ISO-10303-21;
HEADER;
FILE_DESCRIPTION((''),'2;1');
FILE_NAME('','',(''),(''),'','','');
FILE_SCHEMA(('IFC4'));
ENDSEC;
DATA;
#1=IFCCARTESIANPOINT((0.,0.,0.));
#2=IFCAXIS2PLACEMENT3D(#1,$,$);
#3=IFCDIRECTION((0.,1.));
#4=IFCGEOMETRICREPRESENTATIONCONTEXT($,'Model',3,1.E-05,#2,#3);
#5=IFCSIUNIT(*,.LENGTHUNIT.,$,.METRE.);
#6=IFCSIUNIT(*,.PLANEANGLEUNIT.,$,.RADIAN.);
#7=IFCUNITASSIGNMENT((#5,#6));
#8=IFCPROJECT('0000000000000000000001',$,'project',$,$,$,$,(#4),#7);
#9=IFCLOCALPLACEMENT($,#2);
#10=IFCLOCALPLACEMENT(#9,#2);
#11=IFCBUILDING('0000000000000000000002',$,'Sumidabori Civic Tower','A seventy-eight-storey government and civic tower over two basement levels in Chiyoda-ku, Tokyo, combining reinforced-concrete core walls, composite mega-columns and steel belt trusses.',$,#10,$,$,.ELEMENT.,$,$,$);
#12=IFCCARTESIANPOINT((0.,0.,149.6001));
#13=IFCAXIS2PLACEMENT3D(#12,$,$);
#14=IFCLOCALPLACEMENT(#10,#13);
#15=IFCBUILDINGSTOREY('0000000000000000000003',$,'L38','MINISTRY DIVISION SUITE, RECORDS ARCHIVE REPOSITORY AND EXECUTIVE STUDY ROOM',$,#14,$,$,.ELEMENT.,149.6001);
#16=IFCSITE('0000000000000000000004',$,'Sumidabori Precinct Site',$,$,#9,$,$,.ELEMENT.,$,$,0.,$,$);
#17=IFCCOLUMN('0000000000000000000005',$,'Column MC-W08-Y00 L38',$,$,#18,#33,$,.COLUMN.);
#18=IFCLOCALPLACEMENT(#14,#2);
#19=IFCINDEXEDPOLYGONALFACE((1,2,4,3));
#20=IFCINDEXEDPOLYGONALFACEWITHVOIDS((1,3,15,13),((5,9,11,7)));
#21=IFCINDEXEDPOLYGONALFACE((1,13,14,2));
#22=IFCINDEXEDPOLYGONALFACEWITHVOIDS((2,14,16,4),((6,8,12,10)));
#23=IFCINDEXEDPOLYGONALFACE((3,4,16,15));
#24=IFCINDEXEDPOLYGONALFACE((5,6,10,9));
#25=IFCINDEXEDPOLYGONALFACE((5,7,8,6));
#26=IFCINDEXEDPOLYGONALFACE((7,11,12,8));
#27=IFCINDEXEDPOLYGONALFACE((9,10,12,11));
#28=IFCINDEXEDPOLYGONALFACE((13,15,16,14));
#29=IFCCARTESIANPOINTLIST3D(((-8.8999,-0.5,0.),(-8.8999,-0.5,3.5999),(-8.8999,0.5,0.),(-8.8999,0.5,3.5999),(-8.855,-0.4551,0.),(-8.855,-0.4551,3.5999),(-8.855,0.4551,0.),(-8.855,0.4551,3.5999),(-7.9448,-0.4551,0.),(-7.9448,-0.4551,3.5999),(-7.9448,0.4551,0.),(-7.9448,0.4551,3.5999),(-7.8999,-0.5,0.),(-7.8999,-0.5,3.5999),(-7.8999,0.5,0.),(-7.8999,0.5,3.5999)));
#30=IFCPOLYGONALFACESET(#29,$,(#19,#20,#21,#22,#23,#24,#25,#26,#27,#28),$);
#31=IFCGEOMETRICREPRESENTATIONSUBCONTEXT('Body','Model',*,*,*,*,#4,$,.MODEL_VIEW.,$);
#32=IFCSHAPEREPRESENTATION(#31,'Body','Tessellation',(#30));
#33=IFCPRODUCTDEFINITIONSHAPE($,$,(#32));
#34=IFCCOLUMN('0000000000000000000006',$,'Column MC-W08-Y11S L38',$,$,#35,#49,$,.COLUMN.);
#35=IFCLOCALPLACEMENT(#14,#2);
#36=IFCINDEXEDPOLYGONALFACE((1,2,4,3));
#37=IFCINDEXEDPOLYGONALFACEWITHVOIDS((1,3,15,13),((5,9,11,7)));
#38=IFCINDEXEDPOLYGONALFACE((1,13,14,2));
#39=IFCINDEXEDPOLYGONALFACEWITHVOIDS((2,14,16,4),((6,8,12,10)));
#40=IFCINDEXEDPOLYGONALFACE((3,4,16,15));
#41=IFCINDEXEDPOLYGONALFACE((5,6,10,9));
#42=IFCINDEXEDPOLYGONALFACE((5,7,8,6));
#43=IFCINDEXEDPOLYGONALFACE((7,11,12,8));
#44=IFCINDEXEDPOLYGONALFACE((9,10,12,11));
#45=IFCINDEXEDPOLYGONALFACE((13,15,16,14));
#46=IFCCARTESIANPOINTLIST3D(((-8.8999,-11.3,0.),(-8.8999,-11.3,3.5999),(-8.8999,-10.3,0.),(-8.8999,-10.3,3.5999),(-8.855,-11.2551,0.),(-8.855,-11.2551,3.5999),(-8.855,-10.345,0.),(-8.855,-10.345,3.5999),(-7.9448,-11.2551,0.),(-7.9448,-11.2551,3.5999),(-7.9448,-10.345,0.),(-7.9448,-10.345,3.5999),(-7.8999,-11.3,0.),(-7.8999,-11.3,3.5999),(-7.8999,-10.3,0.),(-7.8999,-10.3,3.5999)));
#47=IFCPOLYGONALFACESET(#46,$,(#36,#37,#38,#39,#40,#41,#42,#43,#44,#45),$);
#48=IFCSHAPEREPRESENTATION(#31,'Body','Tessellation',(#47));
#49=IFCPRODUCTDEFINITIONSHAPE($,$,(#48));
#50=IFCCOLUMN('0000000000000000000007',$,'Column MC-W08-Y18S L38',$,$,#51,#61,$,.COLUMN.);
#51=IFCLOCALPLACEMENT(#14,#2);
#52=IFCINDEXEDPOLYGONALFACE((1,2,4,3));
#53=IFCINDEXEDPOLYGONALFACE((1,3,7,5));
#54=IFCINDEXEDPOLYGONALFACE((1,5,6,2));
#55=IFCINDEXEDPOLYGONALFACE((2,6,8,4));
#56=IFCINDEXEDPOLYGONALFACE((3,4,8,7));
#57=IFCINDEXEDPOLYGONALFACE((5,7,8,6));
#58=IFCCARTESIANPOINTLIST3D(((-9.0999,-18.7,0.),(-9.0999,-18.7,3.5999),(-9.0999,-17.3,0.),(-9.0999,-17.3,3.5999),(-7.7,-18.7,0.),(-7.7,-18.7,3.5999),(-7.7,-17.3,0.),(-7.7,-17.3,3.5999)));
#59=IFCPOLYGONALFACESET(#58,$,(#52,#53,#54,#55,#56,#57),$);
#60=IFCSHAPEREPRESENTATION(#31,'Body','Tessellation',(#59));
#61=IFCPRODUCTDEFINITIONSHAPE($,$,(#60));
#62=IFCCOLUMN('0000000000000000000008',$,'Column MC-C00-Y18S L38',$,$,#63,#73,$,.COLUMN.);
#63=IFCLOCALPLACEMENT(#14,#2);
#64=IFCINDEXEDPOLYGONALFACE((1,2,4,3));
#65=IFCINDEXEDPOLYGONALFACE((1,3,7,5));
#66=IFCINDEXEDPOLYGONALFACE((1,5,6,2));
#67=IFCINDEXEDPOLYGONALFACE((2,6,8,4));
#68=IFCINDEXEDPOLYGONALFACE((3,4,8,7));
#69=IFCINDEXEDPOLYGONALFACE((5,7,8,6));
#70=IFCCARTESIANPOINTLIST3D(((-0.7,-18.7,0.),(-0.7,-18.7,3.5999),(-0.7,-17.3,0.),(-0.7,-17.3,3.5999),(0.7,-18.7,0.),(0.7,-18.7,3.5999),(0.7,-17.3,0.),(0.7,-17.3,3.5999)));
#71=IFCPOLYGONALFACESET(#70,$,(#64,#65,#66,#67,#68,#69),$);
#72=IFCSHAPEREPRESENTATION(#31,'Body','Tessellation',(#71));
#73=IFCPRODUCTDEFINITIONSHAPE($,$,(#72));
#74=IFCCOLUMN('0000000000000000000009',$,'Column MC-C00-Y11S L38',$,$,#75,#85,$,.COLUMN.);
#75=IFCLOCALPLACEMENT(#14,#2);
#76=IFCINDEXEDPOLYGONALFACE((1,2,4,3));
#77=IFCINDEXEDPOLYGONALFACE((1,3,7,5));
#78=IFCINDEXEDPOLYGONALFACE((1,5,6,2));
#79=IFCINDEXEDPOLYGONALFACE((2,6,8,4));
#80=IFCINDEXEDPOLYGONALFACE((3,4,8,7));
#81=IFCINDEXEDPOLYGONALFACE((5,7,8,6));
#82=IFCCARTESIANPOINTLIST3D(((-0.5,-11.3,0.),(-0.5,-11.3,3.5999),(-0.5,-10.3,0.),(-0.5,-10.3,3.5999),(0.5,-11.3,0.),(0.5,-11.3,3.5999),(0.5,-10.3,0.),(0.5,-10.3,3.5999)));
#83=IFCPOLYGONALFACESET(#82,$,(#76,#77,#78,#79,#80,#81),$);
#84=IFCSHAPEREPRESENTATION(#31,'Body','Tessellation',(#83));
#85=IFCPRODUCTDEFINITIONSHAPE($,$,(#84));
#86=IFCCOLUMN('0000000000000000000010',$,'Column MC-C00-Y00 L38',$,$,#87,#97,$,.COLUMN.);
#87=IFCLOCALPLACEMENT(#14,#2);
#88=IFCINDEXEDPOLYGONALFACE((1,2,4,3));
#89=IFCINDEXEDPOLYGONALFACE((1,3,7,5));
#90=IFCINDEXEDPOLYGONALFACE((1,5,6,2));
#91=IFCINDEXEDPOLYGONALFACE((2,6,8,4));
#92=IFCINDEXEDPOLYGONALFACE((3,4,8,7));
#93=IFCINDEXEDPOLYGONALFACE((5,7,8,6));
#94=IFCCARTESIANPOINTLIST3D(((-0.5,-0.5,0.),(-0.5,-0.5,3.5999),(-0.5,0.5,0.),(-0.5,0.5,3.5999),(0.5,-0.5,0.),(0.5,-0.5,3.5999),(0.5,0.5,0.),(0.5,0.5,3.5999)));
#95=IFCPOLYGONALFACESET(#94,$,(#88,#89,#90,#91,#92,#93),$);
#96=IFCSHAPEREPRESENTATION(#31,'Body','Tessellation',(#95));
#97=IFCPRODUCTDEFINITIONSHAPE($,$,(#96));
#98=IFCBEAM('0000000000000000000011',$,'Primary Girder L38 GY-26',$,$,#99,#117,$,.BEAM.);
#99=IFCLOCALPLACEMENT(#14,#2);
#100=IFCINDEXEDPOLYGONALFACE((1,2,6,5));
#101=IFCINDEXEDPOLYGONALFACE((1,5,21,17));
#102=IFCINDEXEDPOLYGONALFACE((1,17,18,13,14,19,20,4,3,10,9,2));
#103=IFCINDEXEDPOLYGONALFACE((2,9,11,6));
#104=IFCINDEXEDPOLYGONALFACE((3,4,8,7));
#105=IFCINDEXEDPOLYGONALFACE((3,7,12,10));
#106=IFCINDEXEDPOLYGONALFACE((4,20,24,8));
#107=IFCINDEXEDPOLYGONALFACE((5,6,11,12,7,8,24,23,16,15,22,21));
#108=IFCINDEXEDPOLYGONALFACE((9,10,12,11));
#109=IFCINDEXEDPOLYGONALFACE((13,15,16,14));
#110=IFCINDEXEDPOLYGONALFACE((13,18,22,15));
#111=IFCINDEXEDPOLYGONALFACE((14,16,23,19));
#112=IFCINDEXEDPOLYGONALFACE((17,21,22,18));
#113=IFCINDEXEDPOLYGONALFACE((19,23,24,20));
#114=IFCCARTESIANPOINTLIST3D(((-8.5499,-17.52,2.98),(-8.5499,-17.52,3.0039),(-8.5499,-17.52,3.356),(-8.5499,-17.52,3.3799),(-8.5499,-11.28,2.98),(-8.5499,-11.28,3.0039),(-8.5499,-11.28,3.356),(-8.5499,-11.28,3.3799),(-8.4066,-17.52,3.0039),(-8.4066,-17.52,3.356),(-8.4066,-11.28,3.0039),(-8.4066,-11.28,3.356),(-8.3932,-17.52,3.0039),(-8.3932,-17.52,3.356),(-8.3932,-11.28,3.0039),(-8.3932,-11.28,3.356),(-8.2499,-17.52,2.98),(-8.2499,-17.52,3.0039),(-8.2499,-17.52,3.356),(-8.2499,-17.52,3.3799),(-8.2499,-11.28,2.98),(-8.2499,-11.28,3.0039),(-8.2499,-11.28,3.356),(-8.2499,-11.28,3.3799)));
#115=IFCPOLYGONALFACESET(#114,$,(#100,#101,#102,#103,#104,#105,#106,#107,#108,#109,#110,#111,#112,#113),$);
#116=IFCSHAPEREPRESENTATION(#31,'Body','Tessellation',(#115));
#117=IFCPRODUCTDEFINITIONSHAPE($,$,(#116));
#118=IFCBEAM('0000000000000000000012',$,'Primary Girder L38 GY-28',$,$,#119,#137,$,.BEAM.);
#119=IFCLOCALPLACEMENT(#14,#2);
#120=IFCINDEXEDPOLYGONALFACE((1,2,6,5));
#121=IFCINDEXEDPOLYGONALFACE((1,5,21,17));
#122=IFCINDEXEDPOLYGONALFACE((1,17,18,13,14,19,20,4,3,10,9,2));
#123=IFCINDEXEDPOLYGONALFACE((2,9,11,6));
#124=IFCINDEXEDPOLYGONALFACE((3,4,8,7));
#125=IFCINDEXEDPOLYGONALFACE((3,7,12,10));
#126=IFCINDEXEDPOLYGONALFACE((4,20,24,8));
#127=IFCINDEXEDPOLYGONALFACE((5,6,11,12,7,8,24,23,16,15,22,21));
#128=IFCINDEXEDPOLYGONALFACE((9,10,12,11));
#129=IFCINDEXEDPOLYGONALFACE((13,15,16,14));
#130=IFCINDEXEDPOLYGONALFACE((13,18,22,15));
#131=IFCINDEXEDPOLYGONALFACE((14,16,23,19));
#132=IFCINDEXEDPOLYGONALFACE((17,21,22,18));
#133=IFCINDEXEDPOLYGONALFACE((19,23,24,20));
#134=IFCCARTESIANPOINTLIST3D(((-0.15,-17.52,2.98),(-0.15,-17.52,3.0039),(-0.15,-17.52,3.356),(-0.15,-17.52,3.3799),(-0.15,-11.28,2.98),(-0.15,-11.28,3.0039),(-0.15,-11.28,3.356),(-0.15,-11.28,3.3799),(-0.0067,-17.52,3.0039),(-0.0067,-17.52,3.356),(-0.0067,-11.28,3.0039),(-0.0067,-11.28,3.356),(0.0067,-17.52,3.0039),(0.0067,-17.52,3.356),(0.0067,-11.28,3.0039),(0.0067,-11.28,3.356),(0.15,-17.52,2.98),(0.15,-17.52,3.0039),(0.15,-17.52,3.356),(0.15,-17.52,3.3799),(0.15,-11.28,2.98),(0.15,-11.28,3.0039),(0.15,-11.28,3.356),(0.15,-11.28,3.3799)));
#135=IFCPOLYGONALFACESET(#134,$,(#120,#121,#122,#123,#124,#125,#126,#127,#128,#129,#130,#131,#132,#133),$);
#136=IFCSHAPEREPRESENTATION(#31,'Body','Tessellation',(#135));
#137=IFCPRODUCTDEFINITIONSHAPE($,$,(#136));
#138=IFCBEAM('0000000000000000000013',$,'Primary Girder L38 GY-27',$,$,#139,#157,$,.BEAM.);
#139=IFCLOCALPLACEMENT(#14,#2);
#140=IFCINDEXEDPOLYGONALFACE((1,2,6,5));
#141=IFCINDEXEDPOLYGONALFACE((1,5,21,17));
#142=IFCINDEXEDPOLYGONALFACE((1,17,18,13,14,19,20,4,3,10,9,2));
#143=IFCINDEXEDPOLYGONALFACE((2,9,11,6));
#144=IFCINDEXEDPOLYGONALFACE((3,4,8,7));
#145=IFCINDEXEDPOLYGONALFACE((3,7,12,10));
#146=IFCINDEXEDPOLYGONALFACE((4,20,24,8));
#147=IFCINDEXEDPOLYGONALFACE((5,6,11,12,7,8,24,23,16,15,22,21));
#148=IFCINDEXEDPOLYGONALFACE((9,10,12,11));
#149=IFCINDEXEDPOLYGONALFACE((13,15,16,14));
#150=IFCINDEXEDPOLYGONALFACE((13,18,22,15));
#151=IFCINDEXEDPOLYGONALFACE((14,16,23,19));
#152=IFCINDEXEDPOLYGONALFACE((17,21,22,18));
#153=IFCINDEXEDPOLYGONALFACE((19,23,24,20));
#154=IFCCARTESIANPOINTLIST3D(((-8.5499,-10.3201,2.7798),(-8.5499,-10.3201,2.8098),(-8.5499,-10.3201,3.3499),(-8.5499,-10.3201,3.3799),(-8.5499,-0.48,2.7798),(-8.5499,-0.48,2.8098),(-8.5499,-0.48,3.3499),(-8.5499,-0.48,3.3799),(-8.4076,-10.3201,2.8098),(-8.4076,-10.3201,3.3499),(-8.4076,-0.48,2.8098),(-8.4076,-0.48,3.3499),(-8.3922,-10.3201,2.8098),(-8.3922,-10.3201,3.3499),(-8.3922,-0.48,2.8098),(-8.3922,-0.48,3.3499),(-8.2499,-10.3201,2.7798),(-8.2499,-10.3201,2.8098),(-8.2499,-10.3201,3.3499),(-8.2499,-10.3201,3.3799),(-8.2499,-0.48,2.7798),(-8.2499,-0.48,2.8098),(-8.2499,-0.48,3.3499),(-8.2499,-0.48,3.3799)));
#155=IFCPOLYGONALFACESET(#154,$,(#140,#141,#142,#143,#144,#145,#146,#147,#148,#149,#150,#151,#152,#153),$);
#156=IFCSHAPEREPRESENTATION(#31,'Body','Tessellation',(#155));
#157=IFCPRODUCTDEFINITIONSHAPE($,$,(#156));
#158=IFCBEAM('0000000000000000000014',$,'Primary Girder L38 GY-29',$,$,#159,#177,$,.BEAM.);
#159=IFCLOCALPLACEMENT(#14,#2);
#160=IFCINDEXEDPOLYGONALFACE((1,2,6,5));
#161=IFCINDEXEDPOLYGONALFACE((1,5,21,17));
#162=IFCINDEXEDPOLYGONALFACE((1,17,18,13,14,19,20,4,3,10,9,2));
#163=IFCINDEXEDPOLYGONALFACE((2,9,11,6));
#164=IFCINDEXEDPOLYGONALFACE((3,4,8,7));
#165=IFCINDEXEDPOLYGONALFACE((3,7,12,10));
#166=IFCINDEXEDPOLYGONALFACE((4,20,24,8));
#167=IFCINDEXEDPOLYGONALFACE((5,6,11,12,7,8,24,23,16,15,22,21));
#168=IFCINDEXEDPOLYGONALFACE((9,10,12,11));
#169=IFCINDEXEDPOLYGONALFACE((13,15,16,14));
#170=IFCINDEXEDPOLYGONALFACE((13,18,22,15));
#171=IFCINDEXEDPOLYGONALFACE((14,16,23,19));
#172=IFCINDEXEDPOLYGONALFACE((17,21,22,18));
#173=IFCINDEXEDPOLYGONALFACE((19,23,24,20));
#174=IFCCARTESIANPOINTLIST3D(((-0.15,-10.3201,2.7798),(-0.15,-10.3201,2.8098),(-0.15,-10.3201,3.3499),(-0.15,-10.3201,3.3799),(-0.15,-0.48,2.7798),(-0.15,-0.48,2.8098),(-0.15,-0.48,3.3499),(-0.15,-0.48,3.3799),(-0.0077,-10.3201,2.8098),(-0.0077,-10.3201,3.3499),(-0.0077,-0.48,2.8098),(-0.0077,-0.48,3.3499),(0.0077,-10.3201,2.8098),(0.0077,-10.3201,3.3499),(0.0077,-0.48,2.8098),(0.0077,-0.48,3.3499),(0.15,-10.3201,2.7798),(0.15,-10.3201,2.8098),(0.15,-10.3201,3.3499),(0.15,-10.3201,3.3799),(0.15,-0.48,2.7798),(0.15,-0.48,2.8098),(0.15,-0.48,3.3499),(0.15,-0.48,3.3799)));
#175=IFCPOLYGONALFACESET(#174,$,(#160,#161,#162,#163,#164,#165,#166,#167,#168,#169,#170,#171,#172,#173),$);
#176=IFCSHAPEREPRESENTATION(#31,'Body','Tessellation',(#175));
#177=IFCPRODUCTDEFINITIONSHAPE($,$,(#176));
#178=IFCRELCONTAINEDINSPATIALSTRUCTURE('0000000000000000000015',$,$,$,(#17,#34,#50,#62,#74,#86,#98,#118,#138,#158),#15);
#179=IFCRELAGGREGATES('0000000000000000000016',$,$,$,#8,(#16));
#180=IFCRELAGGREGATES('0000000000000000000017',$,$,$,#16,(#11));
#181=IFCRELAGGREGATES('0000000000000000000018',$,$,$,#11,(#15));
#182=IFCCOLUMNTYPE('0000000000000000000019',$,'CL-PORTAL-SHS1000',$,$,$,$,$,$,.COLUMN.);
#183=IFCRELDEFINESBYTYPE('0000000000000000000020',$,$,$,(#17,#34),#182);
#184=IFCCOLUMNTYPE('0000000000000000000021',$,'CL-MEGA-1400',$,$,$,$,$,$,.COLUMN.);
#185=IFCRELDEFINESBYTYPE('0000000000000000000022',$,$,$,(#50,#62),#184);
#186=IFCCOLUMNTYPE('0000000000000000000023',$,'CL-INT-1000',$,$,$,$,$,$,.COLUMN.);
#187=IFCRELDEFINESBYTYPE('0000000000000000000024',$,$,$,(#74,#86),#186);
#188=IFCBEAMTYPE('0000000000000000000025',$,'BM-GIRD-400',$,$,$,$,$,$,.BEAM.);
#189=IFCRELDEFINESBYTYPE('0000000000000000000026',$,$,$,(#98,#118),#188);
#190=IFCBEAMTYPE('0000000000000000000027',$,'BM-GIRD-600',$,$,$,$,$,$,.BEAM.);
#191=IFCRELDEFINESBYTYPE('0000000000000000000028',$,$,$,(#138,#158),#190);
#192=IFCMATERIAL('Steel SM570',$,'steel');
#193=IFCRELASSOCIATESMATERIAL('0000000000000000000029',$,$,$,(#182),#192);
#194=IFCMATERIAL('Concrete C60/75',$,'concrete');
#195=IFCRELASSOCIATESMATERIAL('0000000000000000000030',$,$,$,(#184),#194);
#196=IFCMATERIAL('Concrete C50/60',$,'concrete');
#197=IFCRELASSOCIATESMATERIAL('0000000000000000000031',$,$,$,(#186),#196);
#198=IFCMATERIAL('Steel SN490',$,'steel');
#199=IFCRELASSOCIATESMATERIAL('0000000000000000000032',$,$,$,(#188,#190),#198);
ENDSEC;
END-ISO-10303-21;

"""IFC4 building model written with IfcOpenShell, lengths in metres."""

from ifc_helpers import new_model, si_unit, direction, frame, origin, origin_2d, place, context, subcontext, project, spatial, rectangle, hollow_rectangle, i_section, extrude, source, transform, mapped, material, material_profile, profile_set, type_object, element, save


model = new_model("IFC4")

# Units and contexts
model_context = context("Model", 3, precision=1e-05, world=origin(), true_north=direction((0.0, 1.0)))
body_context = subcontext(model_context, "Body", "Model", "MODEL_VIEW")
ifc_project = project(units=[si_unit("LENGTHUNIT", "METRE"), si_unit("PLANEANGLEUNIT", "RADIAN")], contexts=[model_context])

# Site, building, storey
site_placement = place(None, origin())
site = spatial("IfcSite", under=ifc_project, at=site_placement, Name="Sumidabori Precinct Site", CompositionType="ELEMENT", RefElevation=0.0)
building_placement = place(site_placement, origin())
building = spatial("IfcBuilding", under=site, at=building_placement, Name="Sumidabori Civic Tower", Description="A seventy-eight-storey government and civic tower over two basement levels in Chiyoda-ku, Tokyo, combining reinforced-concrete core walls, composite mega-columns and steel belt trusses.", CompositionType="ELEMENT")
storey_placement = place(building_placement, frame((0.0, 0.0, 149.6001)))
storey = spatial("IfcBuildingStorey", under=building, at=storey_placement, Name="L38", Description="MINISTRY DIVISION SUITE, RECORDS ARCHIVE REPOSITORY AND EXECUTIVE STUDY ROOM", CompositionType="ELEMENT", Elevation=149.6001)

# Columns
ifc_material_1 = material(Name="Steel SM570", Category="steel")
ifc_material_profile_1 = material_profile(ifc_material_1, hollow_rectangle(XDim=1.0, YDim=1.0, WallThickness=0.0449, at=origin_2d()), Name="SHS 1000x1000x45")
ifc_profile_set_1 = profile_set([ifc_material_profile_1], Name="Steel SM570")
column_type_1 = type_object("IfcColumnType", Name="CL-PORTAL-SHS1000", PredefinedType="COLUMN", material=ifc_profile_set_1)
shared_shape_1 = source(origin(), body_context, "Body", "SweptSolid", [
    extrude(hollow_rectangle(XDim=1.0, YDim=1.0, WallThickness=0.0449, at=origin_2d()), origin(), (0.0, 0.0, 1.0), 3.5999),
])
for number, where, z_axis, x_axis, name in (
    (1, (-8.3999, 0.0, 0.0), (0.0, 0.0, 1.0), (1.0, 0.0, 0.0), "Column MC-W08-Y00 L38"),
    (2, (-8.3999, -10.8, 0.0), (0.0, 0.0, 1.0), (1.0, 0.0, 0.0), "Column MC-W08-Y11S L38"),
):
    element("IfcColumn", number, at=place(storey_placement, frame(where, z_axis=z_axis, x_axis=x_axis)), inside=storey, type_object=column_type_1, Name=name, PredefinedType="COLUMN", context=body_context, shape_type="MappedRepresentation", body=[
        mapped(shared_shape_1, transform((0.0, 0.0, 0.0), x_axis=(1.0, 0.0, 0.0), y_axis=(0.0, 1.0, 0.0), z_axis=(0.0, 0.0, 1.0), scale=1.0)),
    ])
ifc_material_2 = material(Name="Concrete C60/75", Category="concrete")
ifc_material_profile_2 = material_profile(ifc_material_2, rectangle(XDim=1.3999, YDim=1.3999, at=origin_2d()), Name="RC 1400x1400")
ifc_profile_set_2 = profile_set([ifc_material_profile_2], Name="Concrete C60/75")
column_type_2 = type_object("IfcColumnType", Name="CL-MEGA-1400", PredefinedType="COLUMN", material=ifc_profile_set_2)
shared_shape_2 = source(origin(), body_context, "Body", "SweptSolid", [
    extrude(rectangle(XDim=1.3999, YDim=1.3999, at=origin_2d()), origin(), (0.0, 0.0, 1.0), 3.5999),
])
for number, where, z_axis, x_axis, name in (
    (3, (-8.3999, -18.0, 0.0), (0.0, 0.0, 1.0), (1.0, 0.0, 0.0), "Column MC-W08-Y18S L38"),
    (4, (0.0, -18.0, 0.0), (0.0, 0.0, 1.0), (1.0, 0.0, 0.0), "Column MC-C00-Y18S L38"),
):
    element("IfcColumn", number, at=place(storey_placement, frame(where, z_axis=z_axis, x_axis=x_axis)), inside=storey, type_object=column_type_2, Name=name, PredefinedType="COLUMN", context=body_context, shape_type="MappedRepresentation", body=[
        mapped(shared_shape_2, transform((0.0, 0.0, 0.0), x_axis=(1.0, 0.0, 0.0), y_axis=(0.0, 1.0, 0.0), z_axis=(0.0, 0.0, 1.0), scale=1.0)),
    ])
ifc_material_3 = material(Name="Concrete C50/60", Category="concrete")
ifc_material_profile_3 = material_profile(ifc_material_3, rectangle(XDim=1.0, YDim=1.0, at=origin_2d()), Name="RC 1000x1000")
ifc_profile_set_3 = profile_set([ifc_material_profile_3], Name="Concrete C50/60")
column_type_3 = type_object("IfcColumnType", Name="CL-INT-1000", PredefinedType="COLUMN", material=ifc_profile_set_3)
shared_shape_3 = source(origin(), body_context, "Body", "SweptSolid", [
    extrude(rectangle(XDim=1.0, YDim=1.0, at=origin_2d()), origin(), (0.0, 0.0, 1.0), 3.5999),
])
for number, where, z_axis, x_axis, name in (
    (5, (0.0, -10.8, 0.0), (0.0, 0.0, 1.0), (1.0, 0.0, 0.0), "Column MC-C00-Y11S L38"),
    (6, (0.0, 0.0, 0.0), (0.0, 0.0, 1.0), (1.0, 0.0, 0.0), "Column MC-C00-Y00 L38"),
):
    element("IfcColumn", number, at=place(storey_placement, frame(where, z_axis=z_axis, x_axis=x_axis)), inside=storey, type_object=column_type_3, Name=name, PredefinedType="COLUMN", context=body_context, shape_type="MappedRepresentation", body=[
        mapped(shared_shape_3, transform((0.0, 0.0, 0.0), x_axis=(1.0, 0.0, 0.0), y_axis=(0.0, 1.0, 0.0), z_axis=(0.0, 0.0, 1.0), scale=1.0)),
    ])

# Beams
ifc_material_4 = material(Name="Steel SN490", Category="steel")
ifc_material_profile_4 = material_profile(ifc_material_4, i_section(OverallWidth=0.3, OverallDepth=0.3999, WebThickness=0.0134, FlangeThickness=0.0239, at=origin_2d()), Name="HE 400 B")
ifc_profile_set_4 = profile_set([ifc_material_profile_4], Name="Steel SN490")
beam_type_1 = type_object("IfcBeamType", Name="BM-GIRD-400", PredefinedType="BEAM", material=ifc_profile_set_4)
shared_shape_4 = source(origin(), body_context, "Body", "SweptSolid", [
    extrude(i_section(OverallWidth=0.3, OverallDepth=0.3999, WebThickness=0.0134, FlangeThickness=0.0239, at=origin_2d()), origin(), (0.0, 0.0, 1.0), 6.24),
])
for number, where, z_axis, x_axis, name in (
    (7, (-8.3999, -17.52, 3.1799), (0.0, 1.0, 0.0), (-1.0, 0.0, 0.0), "Primary Girder L38 GY-26"),
    (8, (0.0, -17.52, 3.1799), (0.0, 1.0, 0.0), (-1.0, 0.0, 0.0), "Primary Girder L38 GY-28"),
):
    element("IfcBeam", number, at=place(storey_placement, frame(where, z_axis=z_axis, x_axis=x_axis)), inside=storey, type_object=beam_type_1, Name=name, PredefinedType="BEAM", context=body_context, shape_type="MappedRepresentation", body=[
        mapped(shared_shape_4, transform((0.0, 0.0, 0.0), x_axis=(1.0, 0.0, 0.0), y_axis=(0.0, 1.0, 0.0), z_axis=(0.0, 0.0, 1.0), scale=1.0)),
    ])
ifc_material_profile_5 = material_profile(ifc_material_4, i_section(OverallWidth=0.3, OverallDepth=0.6001, WebThickness=0.0154, FlangeThickness=0.03, at=origin_2d()), Name="HE 600 B")
ifc_profile_set_5 = profile_set([ifc_material_profile_5], Name="Steel SN490")
beam_type_2 = type_object("IfcBeamType", Name="BM-GIRD-600", PredefinedType="BEAM", material=ifc_profile_set_5)
shared_shape_5 = source(origin(), body_context, "Body", "SweptSolid", [
    extrude(i_section(OverallWidth=0.3, OverallDepth=0.6001, WebThickness=0.0154, FlangeThickness=0.03, at=origin_2d()), origin(), (0.0, 0.0, 1.0), 9.8401),
])
for number, where, z_axis, x_axis, name in (
    (9, (-8.3999, -10.3201, 3.0798), (0.0, 1.0, 0.0), (-1.0, 0.0, 0.0), "Primary Girder L38 GY-27"),
    (10, (0.0, -10.3201, 3.0798), (0.0, 1.0, 0.0), (-1.0, 0.0, 0.0), "Primary Girder L38 GY-29"),
):
    element("IfcBeam", number, at=place(storey_placement, frame(where, z_axis=z_axis, x_axis=x_axis)), inside=storey, type_object=beam_type_2, Name=name, PredefinedType="BEAM", context=body_context, shape_type="MappedRepresentation", body=[
        mapped(shared_shape_5, transform((0.0, 0.0, 0.0), x_axis=(1.0, 0.0, 0.0), y_axis=(0.0, 1.0, 0.0), z_axis=(0.0, 0.0, 1.0), scale=1.0)),
    ])

save(model, "model.ifc")
